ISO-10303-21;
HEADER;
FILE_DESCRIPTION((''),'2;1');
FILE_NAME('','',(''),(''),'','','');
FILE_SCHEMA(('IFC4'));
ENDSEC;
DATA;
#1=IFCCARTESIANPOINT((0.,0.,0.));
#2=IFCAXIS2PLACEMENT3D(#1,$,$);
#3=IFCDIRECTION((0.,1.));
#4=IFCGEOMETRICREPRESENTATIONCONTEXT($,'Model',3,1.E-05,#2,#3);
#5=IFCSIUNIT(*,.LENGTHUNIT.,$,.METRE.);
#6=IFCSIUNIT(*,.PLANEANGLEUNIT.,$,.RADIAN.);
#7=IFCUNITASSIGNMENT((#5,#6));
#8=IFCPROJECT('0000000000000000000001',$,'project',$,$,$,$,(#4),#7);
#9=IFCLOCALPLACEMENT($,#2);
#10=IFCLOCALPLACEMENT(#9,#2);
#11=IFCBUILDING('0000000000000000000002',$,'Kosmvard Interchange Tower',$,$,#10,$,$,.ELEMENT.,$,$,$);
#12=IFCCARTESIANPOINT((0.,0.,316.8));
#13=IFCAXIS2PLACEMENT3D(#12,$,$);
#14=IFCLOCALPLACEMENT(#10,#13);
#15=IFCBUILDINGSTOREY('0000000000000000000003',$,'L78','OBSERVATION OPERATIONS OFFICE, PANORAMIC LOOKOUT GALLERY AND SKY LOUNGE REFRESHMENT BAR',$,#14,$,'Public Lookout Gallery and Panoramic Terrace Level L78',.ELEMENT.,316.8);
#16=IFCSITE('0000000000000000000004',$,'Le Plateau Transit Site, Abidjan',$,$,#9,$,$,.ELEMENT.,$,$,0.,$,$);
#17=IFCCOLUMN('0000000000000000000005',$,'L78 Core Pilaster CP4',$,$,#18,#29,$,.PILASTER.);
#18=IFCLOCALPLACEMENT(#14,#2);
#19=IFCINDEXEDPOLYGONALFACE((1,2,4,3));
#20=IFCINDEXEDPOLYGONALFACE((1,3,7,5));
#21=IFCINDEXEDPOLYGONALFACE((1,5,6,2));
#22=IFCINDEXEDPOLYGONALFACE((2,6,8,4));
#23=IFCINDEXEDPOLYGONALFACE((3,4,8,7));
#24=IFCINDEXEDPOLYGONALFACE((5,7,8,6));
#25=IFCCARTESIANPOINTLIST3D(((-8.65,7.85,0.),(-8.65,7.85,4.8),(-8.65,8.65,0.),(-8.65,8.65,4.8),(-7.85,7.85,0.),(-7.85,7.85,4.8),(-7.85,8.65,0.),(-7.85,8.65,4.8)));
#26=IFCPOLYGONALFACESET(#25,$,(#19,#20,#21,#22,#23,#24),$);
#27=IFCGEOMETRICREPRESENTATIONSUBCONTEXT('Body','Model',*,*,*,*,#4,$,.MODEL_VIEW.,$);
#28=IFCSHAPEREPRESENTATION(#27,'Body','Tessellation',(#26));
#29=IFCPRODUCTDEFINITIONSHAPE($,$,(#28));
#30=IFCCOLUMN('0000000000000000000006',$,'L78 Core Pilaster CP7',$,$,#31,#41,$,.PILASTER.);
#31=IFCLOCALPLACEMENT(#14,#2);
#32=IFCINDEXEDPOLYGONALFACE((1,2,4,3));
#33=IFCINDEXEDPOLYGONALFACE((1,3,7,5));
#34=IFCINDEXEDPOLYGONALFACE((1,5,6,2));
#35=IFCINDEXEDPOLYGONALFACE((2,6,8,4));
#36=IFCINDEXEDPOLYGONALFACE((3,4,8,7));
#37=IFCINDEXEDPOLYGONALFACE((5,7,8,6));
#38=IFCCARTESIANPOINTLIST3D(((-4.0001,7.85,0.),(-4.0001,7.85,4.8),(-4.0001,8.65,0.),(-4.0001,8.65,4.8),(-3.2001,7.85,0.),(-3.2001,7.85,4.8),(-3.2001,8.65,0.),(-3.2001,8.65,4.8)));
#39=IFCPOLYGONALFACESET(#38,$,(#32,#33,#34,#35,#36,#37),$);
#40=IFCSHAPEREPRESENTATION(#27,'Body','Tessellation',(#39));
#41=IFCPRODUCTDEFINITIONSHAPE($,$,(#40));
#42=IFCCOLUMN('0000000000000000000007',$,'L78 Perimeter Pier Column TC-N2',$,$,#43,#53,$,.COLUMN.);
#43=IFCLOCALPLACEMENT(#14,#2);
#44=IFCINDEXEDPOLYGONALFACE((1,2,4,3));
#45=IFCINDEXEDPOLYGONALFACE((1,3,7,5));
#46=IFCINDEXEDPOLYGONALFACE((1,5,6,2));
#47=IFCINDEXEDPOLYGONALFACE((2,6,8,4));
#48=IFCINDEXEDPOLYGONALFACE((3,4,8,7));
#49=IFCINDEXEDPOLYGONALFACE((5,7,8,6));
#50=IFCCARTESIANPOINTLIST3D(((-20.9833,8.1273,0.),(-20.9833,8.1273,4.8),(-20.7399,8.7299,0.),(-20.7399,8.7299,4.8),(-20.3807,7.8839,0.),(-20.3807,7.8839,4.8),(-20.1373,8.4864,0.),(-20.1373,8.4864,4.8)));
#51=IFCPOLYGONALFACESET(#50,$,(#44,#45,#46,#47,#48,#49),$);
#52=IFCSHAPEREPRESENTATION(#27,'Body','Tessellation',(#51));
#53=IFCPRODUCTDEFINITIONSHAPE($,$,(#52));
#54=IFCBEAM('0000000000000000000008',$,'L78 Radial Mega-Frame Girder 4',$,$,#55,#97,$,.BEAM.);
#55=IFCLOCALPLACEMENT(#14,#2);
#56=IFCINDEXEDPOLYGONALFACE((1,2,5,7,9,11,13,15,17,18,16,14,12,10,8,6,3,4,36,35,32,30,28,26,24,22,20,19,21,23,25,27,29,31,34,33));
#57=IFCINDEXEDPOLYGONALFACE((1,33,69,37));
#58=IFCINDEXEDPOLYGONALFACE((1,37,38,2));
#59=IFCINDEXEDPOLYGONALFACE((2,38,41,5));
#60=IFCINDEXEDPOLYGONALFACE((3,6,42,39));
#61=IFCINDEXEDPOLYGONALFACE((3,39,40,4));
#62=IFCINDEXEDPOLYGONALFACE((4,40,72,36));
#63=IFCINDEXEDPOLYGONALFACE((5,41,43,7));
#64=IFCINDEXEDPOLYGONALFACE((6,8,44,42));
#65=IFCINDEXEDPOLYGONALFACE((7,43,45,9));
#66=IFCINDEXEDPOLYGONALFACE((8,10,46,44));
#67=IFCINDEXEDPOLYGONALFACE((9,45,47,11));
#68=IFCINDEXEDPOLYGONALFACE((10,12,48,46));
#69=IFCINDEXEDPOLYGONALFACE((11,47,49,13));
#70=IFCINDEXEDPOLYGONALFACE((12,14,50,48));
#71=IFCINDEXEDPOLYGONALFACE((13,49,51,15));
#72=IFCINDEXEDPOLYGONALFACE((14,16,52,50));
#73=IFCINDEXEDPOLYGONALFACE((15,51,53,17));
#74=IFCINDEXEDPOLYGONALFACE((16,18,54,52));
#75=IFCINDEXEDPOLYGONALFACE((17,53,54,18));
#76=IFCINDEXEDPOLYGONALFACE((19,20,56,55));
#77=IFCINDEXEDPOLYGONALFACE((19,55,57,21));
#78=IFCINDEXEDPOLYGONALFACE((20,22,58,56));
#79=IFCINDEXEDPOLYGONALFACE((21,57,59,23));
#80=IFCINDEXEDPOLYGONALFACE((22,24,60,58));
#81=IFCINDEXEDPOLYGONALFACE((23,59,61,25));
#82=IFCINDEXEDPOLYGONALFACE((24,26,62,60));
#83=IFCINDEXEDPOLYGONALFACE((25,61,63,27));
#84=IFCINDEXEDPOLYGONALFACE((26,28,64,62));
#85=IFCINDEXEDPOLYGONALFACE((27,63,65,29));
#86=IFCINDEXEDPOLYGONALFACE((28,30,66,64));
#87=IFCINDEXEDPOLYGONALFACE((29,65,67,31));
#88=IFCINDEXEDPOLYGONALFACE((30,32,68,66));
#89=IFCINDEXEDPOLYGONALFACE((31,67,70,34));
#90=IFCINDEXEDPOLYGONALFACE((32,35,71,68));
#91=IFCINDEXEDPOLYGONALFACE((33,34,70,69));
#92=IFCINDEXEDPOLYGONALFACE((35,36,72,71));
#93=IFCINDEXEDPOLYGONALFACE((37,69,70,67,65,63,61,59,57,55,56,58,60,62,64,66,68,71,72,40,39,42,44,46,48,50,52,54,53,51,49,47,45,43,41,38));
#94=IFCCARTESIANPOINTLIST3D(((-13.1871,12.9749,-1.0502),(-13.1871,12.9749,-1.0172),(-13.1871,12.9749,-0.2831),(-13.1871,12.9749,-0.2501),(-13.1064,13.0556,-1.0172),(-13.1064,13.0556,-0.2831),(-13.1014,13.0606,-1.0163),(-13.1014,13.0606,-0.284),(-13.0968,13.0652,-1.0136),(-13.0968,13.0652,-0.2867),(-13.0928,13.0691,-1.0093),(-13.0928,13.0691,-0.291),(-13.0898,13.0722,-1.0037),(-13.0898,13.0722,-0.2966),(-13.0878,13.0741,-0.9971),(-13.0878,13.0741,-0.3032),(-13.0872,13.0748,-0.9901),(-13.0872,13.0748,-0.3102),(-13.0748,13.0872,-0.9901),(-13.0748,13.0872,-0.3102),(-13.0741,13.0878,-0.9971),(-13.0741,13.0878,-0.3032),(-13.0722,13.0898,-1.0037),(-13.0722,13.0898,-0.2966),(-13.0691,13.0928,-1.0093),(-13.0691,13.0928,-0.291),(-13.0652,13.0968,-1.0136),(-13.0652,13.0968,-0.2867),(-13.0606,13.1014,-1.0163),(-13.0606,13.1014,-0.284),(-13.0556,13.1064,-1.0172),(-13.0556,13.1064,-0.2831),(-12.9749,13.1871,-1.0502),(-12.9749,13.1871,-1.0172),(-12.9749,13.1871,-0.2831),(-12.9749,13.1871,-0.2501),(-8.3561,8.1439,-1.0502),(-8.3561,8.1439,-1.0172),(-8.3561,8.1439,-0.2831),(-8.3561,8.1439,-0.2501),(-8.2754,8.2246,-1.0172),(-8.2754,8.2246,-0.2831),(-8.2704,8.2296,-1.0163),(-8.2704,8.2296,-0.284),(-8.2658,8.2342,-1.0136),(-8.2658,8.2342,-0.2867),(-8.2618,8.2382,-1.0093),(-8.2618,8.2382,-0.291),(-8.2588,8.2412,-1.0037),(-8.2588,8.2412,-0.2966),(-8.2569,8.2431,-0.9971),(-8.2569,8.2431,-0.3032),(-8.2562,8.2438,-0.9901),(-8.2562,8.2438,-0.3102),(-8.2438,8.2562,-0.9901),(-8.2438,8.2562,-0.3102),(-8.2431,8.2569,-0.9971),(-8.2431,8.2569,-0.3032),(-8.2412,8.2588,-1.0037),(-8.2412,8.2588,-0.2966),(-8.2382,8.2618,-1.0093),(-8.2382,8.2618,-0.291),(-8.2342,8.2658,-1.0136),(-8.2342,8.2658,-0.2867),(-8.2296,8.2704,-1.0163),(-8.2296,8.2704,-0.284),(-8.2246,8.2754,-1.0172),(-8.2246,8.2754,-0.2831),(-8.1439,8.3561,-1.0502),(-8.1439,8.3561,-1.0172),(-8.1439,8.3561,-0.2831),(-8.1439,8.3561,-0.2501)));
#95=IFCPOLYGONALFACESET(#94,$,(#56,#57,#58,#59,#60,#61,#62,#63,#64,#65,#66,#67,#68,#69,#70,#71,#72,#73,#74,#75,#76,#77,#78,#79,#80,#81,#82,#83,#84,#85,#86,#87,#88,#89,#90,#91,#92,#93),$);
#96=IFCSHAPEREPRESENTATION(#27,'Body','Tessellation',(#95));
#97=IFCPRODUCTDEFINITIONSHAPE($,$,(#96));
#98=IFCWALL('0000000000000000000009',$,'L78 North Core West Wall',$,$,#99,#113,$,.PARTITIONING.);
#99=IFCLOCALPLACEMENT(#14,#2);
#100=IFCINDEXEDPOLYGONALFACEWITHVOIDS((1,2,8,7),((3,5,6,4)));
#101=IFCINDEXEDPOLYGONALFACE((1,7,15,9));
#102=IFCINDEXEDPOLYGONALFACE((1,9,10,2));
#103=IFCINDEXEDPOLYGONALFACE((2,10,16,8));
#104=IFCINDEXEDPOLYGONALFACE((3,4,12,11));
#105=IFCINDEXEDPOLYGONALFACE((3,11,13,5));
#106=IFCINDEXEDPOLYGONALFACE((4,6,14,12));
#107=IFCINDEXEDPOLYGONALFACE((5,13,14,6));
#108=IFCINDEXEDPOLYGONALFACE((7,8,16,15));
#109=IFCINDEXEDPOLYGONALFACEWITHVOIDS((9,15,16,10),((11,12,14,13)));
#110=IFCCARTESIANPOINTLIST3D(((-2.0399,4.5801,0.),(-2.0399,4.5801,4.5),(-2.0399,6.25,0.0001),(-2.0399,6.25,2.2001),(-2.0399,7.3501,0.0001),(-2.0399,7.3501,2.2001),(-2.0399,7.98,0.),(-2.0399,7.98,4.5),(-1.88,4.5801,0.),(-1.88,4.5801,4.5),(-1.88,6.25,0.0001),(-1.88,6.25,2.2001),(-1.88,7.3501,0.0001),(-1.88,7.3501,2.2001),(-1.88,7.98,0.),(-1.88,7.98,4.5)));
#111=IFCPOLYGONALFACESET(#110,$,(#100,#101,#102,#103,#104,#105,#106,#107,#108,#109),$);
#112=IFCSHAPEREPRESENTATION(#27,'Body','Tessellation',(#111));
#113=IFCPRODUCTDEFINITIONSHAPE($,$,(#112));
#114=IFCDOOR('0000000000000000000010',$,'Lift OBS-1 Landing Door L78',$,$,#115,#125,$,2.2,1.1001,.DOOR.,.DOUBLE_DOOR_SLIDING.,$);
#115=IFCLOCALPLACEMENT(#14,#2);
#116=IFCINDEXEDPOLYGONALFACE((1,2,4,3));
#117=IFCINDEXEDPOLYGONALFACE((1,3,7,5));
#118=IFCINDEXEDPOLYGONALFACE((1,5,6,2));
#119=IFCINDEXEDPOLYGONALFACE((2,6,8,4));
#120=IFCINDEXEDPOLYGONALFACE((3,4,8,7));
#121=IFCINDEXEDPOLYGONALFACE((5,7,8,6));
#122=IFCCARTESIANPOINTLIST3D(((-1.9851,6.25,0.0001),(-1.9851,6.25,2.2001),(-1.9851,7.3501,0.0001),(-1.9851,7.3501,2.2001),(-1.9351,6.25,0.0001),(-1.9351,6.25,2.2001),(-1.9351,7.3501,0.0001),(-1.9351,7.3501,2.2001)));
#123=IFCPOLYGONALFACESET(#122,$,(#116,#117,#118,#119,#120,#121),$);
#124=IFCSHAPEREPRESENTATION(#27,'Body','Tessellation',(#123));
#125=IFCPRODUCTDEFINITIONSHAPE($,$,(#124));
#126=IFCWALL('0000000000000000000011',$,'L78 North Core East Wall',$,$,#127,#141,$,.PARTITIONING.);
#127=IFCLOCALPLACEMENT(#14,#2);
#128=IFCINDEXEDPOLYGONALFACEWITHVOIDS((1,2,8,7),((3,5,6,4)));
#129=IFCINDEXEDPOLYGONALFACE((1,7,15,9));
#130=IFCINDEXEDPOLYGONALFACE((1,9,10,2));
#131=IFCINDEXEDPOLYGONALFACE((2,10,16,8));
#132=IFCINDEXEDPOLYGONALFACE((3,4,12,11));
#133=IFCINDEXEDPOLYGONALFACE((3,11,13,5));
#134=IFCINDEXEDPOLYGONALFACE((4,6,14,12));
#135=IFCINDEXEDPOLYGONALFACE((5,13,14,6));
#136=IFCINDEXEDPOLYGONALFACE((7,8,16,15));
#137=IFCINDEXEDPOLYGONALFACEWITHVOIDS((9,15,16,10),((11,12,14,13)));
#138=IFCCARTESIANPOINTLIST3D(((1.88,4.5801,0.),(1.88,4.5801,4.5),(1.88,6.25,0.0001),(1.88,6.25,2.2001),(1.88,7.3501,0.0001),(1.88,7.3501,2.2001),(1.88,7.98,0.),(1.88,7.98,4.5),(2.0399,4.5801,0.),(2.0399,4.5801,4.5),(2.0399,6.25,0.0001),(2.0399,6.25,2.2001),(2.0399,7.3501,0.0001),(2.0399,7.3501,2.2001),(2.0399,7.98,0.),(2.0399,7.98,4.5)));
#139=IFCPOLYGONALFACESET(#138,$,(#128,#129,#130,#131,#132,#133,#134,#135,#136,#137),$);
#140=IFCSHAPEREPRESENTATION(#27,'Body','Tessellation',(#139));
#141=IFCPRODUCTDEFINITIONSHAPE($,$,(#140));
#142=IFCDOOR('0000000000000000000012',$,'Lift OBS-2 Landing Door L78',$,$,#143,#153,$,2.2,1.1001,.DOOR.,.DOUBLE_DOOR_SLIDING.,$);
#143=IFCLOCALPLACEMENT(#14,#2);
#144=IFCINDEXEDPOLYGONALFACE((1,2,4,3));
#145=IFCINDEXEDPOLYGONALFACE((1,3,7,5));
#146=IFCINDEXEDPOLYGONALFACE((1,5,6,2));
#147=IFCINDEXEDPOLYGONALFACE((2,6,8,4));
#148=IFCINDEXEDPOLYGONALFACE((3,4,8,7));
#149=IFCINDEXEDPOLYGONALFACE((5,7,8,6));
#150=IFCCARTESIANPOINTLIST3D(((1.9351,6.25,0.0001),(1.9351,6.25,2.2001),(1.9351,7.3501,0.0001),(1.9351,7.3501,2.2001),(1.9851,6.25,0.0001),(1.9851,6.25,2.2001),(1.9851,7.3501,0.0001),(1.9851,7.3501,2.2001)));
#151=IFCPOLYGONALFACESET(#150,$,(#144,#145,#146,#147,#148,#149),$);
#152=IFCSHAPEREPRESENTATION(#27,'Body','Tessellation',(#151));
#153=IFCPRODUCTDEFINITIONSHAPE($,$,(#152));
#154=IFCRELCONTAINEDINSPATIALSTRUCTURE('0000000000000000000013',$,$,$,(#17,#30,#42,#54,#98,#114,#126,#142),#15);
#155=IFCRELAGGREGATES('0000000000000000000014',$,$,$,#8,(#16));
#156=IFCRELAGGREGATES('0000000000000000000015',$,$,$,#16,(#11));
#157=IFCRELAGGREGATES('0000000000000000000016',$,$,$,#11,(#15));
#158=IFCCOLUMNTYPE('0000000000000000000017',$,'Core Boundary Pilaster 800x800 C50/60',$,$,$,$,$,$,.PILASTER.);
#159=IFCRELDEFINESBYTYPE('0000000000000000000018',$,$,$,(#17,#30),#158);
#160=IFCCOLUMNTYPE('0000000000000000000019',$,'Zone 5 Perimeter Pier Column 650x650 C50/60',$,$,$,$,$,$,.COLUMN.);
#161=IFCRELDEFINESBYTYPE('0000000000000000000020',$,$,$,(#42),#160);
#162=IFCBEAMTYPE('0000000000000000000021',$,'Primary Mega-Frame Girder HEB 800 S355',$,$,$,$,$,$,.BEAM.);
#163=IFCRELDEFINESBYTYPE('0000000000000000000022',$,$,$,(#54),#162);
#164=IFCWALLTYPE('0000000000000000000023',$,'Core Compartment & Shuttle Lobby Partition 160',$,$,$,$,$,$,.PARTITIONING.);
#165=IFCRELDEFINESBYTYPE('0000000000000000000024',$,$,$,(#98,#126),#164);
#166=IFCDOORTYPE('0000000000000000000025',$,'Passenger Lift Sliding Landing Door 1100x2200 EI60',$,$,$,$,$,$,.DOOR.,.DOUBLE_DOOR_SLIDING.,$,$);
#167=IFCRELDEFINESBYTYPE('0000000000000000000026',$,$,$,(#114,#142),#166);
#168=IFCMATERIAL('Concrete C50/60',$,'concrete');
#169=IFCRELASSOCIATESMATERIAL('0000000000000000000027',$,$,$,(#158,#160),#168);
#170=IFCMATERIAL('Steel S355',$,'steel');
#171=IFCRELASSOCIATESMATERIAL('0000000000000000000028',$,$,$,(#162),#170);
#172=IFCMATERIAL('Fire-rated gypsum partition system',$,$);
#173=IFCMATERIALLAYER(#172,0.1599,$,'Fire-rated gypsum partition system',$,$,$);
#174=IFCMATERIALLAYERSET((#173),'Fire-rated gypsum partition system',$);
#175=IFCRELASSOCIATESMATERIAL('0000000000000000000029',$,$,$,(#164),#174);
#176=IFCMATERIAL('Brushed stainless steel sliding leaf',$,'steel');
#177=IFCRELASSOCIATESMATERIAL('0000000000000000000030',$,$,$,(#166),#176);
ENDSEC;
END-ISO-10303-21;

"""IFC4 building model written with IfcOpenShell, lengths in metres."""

from ifc_helpers import new_model, si_unit, direction, frame, frame_2d, origin, origin_2d, place, context, subcontext, project, spatial, rectangle, i_section, extrude, source, transform, mapped, material, layer, layer_set, material_profile, profile_set, type_object, element, fill, save


model = new_model("IFC4")

# Units and contexts
model_context = context("Model", 3, precision=1e-05, world=origin(), true_north=direction((0.0, 1.0)))
body_context = subcontext(model_context, "Body", "Model", "MODEL_VIEW")
ifc_project = project(units=[si_unit("LENGTHUNIT", "METRE"), si_unit("PLANEANGLEUNIT", "RADIAN")], contexts=[model_context])

# Site, building, storey
site_placement = place(None, origin())
site = spatial("IfcSite", under=ifc_project, at=site_placement, Name="Le Plateau Transit Site, Abidjan", CompositionType="ELEMENT", RefElevation=0.0)
building_placement = place(site_placement, origin())
building = spatial("IfcBuilding", under=site, at=building_placement, Name="Kosmvard Interchange Tower", CompositionType="ELEMENT")
storey_placement = place(building_placement, frame((0.0, 0.0, 316.8)))
storey = spatial("IfcBuildingStorey", under=building, at=storey_placement, Name="L78", Description="OBSERVATION OPERATIONS OFFICE, PANORAMIC LOOKOUT GALLERY AND SKY LOUNGE REFRESHMENT BAR", LongName="Public Lookout Gallery and Panoramic Terrace Level L78", CompositionType="ELEMENT", Elevation=316.8)

# Columns
ifc_material_1 = material(Name="Concrete C50/60", Category="concrete")
ifc_material_profile_1 = material_profile(ifc_material_1, rectangle(XDim=0.8, YDim=0.8, at=origin_2d()), Name="CP 800x800")
ifc_profile_set_1 = profile_set([ifc_material_profile_1], Name="Concrete C50/60")
column_type_1 = type_object("IfcColumnType", Name="Core Boundary Pilaster 800x800 C50/60", PredefinedType="PILASTER", material=ifc_profile_set_1)
shared_shape_1 = source(origin(), body_context, "Body", "SweptSolid", [
    extrude(rectangle(XDim=0.8, YDim=0.8, at=origin_2d()), origin(), (0.0, 0.0, 1.0), 4.8),
])
for number, where, z_axis, x_axis, name in (
    (1, (-8.25, 8.25, 0.0), (0.0, 0.0, 1.0), (1.0, 0.0, 0.0), "L78 Core Pilaster CP4"),
    (2, (-3.6001, 8.25, 0.0), (0.0, 0.0, 1.0), (1.0, 0.0, 0.0), "L78 Core Pilaster CP7"),
):
    element("IfcColumn", number, at=place(storey_placement, frame(where, z_axis=z_axis, x_axis=x_axis)), inside=storey, type_object=column_type_1, Name=name, PredefinedType="PILASTER", context=body_context, shape_type="MappedRepresentation", body=[
        mapped(shared_shape_1, transform((0.0, 0.0, 0.0), scale=1.0)),
    ])
ifc_material_profile_2 = material_profile(ifc_material_1, rectangle(XDim=0.6499, YDim=0.6499, at=origin_2d()), Name="TC 650x650")
ifc_profile_set_2 = profile_set([ifc_material_profile_2], Name="Concrete C50/60")
column_type_2 = type_object("IfcColumnType", Name="Zone 5 Perimeter Pier Column 650x650 C50/60", PredefinedType="COLUMN", material=ifc_profile_set_2)
shared_shape_2 = source(origin(), body_context, "Body", "SweptSolid", [
    extrude(rectangle(XDim=0.6499, YDim=0.6499, at=origin_2d()), origin(), (0.0, 0.0, 1.0), 4.8),
])
column_placement = place(storey_placement, frame((-20.5603, 8.3069, 0.0), z_axis=(0.0, 0.0, 1.0), x_axis=(0.374607, 0.927184, 0.0)))
element("IfcColumn", 3, at=column_placement, inside=storey, type_object=column_type_2, Name="L78 Perimeter Pier Column TC-N2", PredefinedType="COLUMN", context=body_context, shape_type="MappedRepresentation", body=[
    mapped(shared_shape_2, transform((0.0, 0.0, 0.0), scale=1.0)),
])

# Beam
ifc_material_2 = material(Name="Steel S355", Category="steel")
ifc_material_profile_3 = material_profile(ifc_material_2, i_section(OverallWidth=0.3, OverallDepth=0.8, WebThickness=0.0176, FlangeThickness=0.033, FilletRadius=0.0271, at=origin_2d()), Name="HEB 800")
ifc_profile_set_3 = profile_set([ifc_material_profile_3], Name="Steel S355")
beam_type = type_object("IfcBeamType", Name="Primary Mega-Frame Girder HEB 800 S355", PredefinedType="BEAM", material=ifc_profile_set_3)
shared_shape_3 = source(origin(), body_context, "Body", "SweptSolid", [
    extrude(i_section(OverallWidth=0.3, OverallDepth=0.8, WebThickness=0.0176, FlangeThickness=0.033, FilletRadius=0.0271, at=origin_2d()), origin(), (0.0, 0.0, 1.0), 6.832),
])
beam_placement = place(storey_placement, frame((-8.25, 8.25, -0.6501), z_axis=(-0.707107, 0.707107, 0.0), x_axis=(-0.707107, -0.707107, 0.0)))
element("IfcBeam", 4, at=beam_placement, inside=storey, type_object=beam_type, Name="L78 Radial Mega-Frame Girder 4", PredefinedType="BEAM", context=body_context, shape_type="MappedRepresentation", body=[
    mapped(shared_shape_3, transform((0.0, 0.0, 0.0), scale=1.0)),
])

# Walls, openings, doors
ifc_material_3 = material(Name="Fire-rated gypsum partition system")
ifc_layer_1 = layer(ifc_material_3, 0.1599, Name="Fire-rated gypsum partition system")
ifc_layer_set_1 = layer_set([ifc_layer_1], Name="Fire-rated gypsum partition system")
wall_type_1 = type_object("IfcWallType", Name="Core Compartment & Shuttle Lobby Partition 160", PredefinedType="PARTITIONING", material=ifc_layer_set_1)
wall_1_placement = place(storey_placement, frame((-1.96, 4.5801, 0.0), z_axis=(0.0, 0.0, 1.0), x_axis=(0.0, 1.0, 0.0)))
wall_1 = element("IfcWall", 5, at=wall_1_placement, inside=storey, type_object=wall_type_1, Name="L78 North Core West Wall", PredefinedType="PARTITIONING", context=body_context, shape_type="SweptSolid", body=[
    extrude(rectangle(XDim=3.3999, YDim=0.1599, at=frame_2d((1.7, 0.0))), origin(), (0.0, 0.0, 1.0), 4.5),
])
opening_1_placement = place(wall_1_placement, frame((1.6699, 0.0, 0.0)))
opening_1 = element("IfcOpeningElement", 6, at=opening_1_placement, cuts=wall_1, PredefinedType="OPENING", context=body_context, shape_type="SweptSolid", body=[
    extrude(rectangle(XDim=1.1001, YDim=2.2, at=frame_2d((0.55, 1.1001))), frame((0.0, 0.0898, 0.0), z_axis=(0.0, -1.0, 0.0), x_axis=(1.0, 0.0, 0.0)), (0.0, 0.0, 1.0), 0.1799),
])
ifc_material_4 = material(Name="Brushed stainless steel sliding leaf", Category="steel")
door_type_1 = type_object("IfcDoorType", Name="Passenger Lift Sliding Landing Door 1100x2200 EI60", OperationType="DOUBLE_DOOR_SLIDING", PredefinedType="DOOR", material=ifc_material_4)
shared_shape_4 = source(origin(), body_context, "Body", "SweptSolid", [
    extrude(rectangle(XDim=1.1001, YDim=2.2, at=frame_2d((0.55, 1.1001))), frame((0.0, 0.0249, 0.0), z_axis=(0.0, -1.0, 0.0), x_axis=(1.0, 0.0, 0.0)), (0.0, 0.0, 1.0), 0.05),
])
door_1_placement = place(opening_1_placement, frame((1.1001, 0.0, 0.0), z_axis=(0.0, 0.0, 1.0), x_axis=(-1.0, 0.0, 0.0)))
door_1 = element("IfcDoor", 7, at=door_1_placement, inside=storey, type_object=door_type_1, Name="Lift OBS-1 Landing Door L78", OperationType="DOUBLE_DOOR_SLIDING", OverallHeight=2.2, OverallWidth=1.1001, PredefinedType="DOOR", context=body_context, shape_type="MappedRepresentation", body=[
    mapped(shared_shape_4, transform((0.0, 0.0, 0.0), scale=1.0)),
])
fill(opening_1, door_1)
wall_2_placement = place(storey_placement, frame((1.96, 4.5801, 0.0), z_axis=(0.0, 0.0, 1.0), x_axis=(0.0, 1.0, 0.0)))
wall_2 = element("IfcWall", 8, at=wall_2_placement, inside=storey, type_object=wall_type_1, Name="L78 North Core East Wall", PredefinedType="PARTITIONING", context=body_context, shape_type="SweptSolid", body=[
    extrude(rectangle(XDim=3.3999, YDim=0.1599, at=frame_2d((1.7, 0.0))), origin(), (0.0, 0.0, 1.0), 4.5),
])
opening_2_placement = place(wall_2_placement, frame((1.6699, 0.0, 0.0)))
opening_2 = element("IfcOpeningElement", 9, at=opening_2_placement, cuts=wall_2, PredefinedType="OPENING", context=body_context, shape_type="SweptSolid", body=[
    extrude(rectangle(XDim=1.1001, YDim=2.2, at=frame_2d((0.55, 1.1001))), frame((0.0, 0.0898, 0.0), z_axis=(0.0, -1.0, 0.0), x_axis=(1.0, 0.0, 0.0)), (0.0, 0.0, 1.0), 0.1799),
])
door_2_placement = place(opening_2_placement, origin())
door_2 = element("IfcDoor", 10, at=door_2_placement, inside=storey, type_object=door_type_1, Name="Lift OBS-2 Landing Door L78", OperationType="DOUBLE_DOOR_SLIDING", OverallHeight=2.2, OverallWidth=1.1001, PredefinedType="DOOR", context=body_context, shape_type="MappedRepresentation", body=[
    mapped(shared_shape_4, transform((0.0, 0.0, 0.0), scale=1.0)),
])
fill(opening_2, door_2)

save(model, "model.ifc")
